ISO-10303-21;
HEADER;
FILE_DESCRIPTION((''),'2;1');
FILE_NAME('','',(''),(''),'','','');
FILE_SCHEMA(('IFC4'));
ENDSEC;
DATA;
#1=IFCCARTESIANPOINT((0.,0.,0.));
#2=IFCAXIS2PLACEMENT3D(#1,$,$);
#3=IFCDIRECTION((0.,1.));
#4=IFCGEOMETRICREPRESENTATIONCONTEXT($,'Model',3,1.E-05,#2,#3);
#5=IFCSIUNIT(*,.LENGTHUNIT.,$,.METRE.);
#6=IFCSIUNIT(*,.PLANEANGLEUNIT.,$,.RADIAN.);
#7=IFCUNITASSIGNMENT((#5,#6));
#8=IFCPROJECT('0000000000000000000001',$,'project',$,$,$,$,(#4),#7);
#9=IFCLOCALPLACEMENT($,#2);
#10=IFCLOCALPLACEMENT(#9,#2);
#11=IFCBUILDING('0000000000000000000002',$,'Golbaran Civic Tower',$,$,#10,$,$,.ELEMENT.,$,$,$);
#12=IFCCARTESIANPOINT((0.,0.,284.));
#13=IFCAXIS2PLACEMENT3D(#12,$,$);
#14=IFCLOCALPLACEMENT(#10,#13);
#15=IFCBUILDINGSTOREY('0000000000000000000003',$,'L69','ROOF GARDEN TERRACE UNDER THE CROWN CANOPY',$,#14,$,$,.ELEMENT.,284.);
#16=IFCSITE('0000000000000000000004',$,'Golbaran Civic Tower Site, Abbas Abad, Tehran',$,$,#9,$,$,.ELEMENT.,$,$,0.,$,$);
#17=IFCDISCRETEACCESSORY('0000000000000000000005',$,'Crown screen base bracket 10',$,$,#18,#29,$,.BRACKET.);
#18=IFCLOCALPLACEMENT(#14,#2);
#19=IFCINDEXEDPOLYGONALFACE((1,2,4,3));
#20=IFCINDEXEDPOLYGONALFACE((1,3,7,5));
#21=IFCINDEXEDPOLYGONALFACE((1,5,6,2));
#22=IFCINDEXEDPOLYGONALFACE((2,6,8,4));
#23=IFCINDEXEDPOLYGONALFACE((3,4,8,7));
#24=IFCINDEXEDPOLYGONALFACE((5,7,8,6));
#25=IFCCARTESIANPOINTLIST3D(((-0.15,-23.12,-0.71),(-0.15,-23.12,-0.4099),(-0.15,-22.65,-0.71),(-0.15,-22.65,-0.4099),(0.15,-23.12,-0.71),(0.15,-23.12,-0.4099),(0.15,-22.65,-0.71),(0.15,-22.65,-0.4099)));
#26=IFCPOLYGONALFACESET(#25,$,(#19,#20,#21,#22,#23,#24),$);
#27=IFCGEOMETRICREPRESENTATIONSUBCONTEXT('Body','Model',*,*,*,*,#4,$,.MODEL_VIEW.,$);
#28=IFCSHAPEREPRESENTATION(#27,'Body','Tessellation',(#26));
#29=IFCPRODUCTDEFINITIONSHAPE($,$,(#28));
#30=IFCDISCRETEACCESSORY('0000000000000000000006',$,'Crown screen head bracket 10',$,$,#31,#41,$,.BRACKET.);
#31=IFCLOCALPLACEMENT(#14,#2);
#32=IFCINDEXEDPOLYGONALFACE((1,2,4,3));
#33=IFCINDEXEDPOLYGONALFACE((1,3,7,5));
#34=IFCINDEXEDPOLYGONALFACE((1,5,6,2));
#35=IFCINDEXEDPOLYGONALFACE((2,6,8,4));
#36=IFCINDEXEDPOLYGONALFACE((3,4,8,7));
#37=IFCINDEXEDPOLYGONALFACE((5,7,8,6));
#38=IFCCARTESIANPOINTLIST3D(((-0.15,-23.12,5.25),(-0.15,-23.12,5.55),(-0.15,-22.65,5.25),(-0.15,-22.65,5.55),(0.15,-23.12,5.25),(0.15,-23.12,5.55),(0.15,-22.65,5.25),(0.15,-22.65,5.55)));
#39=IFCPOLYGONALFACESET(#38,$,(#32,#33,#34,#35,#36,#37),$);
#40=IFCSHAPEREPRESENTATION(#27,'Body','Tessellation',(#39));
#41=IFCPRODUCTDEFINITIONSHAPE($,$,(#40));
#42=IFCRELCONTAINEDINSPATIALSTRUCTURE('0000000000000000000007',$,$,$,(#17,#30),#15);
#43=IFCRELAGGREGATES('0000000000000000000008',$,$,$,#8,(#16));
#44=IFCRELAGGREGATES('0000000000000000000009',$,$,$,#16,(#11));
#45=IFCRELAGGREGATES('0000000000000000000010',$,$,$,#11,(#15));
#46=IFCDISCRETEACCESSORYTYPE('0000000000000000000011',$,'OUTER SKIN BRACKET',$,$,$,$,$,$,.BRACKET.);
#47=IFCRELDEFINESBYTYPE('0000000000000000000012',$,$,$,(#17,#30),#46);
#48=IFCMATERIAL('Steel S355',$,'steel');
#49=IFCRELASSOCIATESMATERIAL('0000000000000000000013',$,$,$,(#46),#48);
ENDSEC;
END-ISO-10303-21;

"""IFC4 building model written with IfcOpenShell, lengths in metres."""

from ifc_helpers import new_model, si_unit, direction, frame, origin, origin_2d, place, context, subcontext, project, spatial, rectangle, extrude, material, type_object, element, save


model = new_model("IFC4")

# Units and contexts
model_context = context("Model", 3, precision=1e-05, world=origin(), true_north=direction((0.0, 1.0)))
body_context = subcontext(model_context, "Body", "Model", "MODEL_VIEW")
ifc_project = project(units=[si_unit("LENGTHUNIT", "METRE"), si_unit("PLANEANGLEUNIT", "RADIAN")], contexts=[model_context])

# Site, building, storey
site_placement = place(None, origin())
site = spatial("IfcSite", under=ifc_project, at=site_placement, Name="Golbaran Civic Tower Site, Abbas Abad, Tehran", CompositionType="ELEMENT", RefElevation=0.0)
building_placement = place(site_placement, origin())
building = spatial("IfcBuilding", under=site, at=building_placement, Name="Golbaran Civic Tower", CompositionType="ELEMENT")
storey_placement = place(building_placement, frame((0.0, 0.0, 284.0)))
storey = spatial("IfcBuildingStorey", under=building, at=storey_placement, Name="L69", Description="ROOF GARDEN TERRACE UNDER THE CROWN CANOPY", CompositionType="ELEMENT", Elevation=284.0)

# Shared definitions
ifc_material_1 = material(Name="Steel S355", Category="steel")

# Discrete accessories
discrete_accessory_type = type_object("IfcDiscreteAccessoryType", Name="OUTER SKIN BRACKET", PredefinedType="BRACKET", material=ifc_material_1)
for number, where, z_axis, x_axis, name in (
    (1, (0.0, -22.885, -0.71), (0.0, 0.0, 1.0), (0.0, -1.0, 0.0), "Crown screen base bracket 10"),
    (2, (0.0, -22.885, 5.25), (0.0, 0.0, 1.0), (0.0, -1.0, 0.0), "Crown screen head bracket 10"),
):
    element("IfcDiscreteAccessory", number, at=place(storey_placement, frame(where, z_axis=z_axis, x_axis=x_axis)), inside=storey, type_object=discrete_accessory_type, Name=name, PredefinedType="BRACKET", context=body_context, shape_type="SweptSolid", body=[
        extrude(rectangle(XDim=0.47, YDim=0.3, at=origin_2d()), origin(), (0.0, 0.0, 1.0), 0.3),
    ])

save(model, "model.ifc")
